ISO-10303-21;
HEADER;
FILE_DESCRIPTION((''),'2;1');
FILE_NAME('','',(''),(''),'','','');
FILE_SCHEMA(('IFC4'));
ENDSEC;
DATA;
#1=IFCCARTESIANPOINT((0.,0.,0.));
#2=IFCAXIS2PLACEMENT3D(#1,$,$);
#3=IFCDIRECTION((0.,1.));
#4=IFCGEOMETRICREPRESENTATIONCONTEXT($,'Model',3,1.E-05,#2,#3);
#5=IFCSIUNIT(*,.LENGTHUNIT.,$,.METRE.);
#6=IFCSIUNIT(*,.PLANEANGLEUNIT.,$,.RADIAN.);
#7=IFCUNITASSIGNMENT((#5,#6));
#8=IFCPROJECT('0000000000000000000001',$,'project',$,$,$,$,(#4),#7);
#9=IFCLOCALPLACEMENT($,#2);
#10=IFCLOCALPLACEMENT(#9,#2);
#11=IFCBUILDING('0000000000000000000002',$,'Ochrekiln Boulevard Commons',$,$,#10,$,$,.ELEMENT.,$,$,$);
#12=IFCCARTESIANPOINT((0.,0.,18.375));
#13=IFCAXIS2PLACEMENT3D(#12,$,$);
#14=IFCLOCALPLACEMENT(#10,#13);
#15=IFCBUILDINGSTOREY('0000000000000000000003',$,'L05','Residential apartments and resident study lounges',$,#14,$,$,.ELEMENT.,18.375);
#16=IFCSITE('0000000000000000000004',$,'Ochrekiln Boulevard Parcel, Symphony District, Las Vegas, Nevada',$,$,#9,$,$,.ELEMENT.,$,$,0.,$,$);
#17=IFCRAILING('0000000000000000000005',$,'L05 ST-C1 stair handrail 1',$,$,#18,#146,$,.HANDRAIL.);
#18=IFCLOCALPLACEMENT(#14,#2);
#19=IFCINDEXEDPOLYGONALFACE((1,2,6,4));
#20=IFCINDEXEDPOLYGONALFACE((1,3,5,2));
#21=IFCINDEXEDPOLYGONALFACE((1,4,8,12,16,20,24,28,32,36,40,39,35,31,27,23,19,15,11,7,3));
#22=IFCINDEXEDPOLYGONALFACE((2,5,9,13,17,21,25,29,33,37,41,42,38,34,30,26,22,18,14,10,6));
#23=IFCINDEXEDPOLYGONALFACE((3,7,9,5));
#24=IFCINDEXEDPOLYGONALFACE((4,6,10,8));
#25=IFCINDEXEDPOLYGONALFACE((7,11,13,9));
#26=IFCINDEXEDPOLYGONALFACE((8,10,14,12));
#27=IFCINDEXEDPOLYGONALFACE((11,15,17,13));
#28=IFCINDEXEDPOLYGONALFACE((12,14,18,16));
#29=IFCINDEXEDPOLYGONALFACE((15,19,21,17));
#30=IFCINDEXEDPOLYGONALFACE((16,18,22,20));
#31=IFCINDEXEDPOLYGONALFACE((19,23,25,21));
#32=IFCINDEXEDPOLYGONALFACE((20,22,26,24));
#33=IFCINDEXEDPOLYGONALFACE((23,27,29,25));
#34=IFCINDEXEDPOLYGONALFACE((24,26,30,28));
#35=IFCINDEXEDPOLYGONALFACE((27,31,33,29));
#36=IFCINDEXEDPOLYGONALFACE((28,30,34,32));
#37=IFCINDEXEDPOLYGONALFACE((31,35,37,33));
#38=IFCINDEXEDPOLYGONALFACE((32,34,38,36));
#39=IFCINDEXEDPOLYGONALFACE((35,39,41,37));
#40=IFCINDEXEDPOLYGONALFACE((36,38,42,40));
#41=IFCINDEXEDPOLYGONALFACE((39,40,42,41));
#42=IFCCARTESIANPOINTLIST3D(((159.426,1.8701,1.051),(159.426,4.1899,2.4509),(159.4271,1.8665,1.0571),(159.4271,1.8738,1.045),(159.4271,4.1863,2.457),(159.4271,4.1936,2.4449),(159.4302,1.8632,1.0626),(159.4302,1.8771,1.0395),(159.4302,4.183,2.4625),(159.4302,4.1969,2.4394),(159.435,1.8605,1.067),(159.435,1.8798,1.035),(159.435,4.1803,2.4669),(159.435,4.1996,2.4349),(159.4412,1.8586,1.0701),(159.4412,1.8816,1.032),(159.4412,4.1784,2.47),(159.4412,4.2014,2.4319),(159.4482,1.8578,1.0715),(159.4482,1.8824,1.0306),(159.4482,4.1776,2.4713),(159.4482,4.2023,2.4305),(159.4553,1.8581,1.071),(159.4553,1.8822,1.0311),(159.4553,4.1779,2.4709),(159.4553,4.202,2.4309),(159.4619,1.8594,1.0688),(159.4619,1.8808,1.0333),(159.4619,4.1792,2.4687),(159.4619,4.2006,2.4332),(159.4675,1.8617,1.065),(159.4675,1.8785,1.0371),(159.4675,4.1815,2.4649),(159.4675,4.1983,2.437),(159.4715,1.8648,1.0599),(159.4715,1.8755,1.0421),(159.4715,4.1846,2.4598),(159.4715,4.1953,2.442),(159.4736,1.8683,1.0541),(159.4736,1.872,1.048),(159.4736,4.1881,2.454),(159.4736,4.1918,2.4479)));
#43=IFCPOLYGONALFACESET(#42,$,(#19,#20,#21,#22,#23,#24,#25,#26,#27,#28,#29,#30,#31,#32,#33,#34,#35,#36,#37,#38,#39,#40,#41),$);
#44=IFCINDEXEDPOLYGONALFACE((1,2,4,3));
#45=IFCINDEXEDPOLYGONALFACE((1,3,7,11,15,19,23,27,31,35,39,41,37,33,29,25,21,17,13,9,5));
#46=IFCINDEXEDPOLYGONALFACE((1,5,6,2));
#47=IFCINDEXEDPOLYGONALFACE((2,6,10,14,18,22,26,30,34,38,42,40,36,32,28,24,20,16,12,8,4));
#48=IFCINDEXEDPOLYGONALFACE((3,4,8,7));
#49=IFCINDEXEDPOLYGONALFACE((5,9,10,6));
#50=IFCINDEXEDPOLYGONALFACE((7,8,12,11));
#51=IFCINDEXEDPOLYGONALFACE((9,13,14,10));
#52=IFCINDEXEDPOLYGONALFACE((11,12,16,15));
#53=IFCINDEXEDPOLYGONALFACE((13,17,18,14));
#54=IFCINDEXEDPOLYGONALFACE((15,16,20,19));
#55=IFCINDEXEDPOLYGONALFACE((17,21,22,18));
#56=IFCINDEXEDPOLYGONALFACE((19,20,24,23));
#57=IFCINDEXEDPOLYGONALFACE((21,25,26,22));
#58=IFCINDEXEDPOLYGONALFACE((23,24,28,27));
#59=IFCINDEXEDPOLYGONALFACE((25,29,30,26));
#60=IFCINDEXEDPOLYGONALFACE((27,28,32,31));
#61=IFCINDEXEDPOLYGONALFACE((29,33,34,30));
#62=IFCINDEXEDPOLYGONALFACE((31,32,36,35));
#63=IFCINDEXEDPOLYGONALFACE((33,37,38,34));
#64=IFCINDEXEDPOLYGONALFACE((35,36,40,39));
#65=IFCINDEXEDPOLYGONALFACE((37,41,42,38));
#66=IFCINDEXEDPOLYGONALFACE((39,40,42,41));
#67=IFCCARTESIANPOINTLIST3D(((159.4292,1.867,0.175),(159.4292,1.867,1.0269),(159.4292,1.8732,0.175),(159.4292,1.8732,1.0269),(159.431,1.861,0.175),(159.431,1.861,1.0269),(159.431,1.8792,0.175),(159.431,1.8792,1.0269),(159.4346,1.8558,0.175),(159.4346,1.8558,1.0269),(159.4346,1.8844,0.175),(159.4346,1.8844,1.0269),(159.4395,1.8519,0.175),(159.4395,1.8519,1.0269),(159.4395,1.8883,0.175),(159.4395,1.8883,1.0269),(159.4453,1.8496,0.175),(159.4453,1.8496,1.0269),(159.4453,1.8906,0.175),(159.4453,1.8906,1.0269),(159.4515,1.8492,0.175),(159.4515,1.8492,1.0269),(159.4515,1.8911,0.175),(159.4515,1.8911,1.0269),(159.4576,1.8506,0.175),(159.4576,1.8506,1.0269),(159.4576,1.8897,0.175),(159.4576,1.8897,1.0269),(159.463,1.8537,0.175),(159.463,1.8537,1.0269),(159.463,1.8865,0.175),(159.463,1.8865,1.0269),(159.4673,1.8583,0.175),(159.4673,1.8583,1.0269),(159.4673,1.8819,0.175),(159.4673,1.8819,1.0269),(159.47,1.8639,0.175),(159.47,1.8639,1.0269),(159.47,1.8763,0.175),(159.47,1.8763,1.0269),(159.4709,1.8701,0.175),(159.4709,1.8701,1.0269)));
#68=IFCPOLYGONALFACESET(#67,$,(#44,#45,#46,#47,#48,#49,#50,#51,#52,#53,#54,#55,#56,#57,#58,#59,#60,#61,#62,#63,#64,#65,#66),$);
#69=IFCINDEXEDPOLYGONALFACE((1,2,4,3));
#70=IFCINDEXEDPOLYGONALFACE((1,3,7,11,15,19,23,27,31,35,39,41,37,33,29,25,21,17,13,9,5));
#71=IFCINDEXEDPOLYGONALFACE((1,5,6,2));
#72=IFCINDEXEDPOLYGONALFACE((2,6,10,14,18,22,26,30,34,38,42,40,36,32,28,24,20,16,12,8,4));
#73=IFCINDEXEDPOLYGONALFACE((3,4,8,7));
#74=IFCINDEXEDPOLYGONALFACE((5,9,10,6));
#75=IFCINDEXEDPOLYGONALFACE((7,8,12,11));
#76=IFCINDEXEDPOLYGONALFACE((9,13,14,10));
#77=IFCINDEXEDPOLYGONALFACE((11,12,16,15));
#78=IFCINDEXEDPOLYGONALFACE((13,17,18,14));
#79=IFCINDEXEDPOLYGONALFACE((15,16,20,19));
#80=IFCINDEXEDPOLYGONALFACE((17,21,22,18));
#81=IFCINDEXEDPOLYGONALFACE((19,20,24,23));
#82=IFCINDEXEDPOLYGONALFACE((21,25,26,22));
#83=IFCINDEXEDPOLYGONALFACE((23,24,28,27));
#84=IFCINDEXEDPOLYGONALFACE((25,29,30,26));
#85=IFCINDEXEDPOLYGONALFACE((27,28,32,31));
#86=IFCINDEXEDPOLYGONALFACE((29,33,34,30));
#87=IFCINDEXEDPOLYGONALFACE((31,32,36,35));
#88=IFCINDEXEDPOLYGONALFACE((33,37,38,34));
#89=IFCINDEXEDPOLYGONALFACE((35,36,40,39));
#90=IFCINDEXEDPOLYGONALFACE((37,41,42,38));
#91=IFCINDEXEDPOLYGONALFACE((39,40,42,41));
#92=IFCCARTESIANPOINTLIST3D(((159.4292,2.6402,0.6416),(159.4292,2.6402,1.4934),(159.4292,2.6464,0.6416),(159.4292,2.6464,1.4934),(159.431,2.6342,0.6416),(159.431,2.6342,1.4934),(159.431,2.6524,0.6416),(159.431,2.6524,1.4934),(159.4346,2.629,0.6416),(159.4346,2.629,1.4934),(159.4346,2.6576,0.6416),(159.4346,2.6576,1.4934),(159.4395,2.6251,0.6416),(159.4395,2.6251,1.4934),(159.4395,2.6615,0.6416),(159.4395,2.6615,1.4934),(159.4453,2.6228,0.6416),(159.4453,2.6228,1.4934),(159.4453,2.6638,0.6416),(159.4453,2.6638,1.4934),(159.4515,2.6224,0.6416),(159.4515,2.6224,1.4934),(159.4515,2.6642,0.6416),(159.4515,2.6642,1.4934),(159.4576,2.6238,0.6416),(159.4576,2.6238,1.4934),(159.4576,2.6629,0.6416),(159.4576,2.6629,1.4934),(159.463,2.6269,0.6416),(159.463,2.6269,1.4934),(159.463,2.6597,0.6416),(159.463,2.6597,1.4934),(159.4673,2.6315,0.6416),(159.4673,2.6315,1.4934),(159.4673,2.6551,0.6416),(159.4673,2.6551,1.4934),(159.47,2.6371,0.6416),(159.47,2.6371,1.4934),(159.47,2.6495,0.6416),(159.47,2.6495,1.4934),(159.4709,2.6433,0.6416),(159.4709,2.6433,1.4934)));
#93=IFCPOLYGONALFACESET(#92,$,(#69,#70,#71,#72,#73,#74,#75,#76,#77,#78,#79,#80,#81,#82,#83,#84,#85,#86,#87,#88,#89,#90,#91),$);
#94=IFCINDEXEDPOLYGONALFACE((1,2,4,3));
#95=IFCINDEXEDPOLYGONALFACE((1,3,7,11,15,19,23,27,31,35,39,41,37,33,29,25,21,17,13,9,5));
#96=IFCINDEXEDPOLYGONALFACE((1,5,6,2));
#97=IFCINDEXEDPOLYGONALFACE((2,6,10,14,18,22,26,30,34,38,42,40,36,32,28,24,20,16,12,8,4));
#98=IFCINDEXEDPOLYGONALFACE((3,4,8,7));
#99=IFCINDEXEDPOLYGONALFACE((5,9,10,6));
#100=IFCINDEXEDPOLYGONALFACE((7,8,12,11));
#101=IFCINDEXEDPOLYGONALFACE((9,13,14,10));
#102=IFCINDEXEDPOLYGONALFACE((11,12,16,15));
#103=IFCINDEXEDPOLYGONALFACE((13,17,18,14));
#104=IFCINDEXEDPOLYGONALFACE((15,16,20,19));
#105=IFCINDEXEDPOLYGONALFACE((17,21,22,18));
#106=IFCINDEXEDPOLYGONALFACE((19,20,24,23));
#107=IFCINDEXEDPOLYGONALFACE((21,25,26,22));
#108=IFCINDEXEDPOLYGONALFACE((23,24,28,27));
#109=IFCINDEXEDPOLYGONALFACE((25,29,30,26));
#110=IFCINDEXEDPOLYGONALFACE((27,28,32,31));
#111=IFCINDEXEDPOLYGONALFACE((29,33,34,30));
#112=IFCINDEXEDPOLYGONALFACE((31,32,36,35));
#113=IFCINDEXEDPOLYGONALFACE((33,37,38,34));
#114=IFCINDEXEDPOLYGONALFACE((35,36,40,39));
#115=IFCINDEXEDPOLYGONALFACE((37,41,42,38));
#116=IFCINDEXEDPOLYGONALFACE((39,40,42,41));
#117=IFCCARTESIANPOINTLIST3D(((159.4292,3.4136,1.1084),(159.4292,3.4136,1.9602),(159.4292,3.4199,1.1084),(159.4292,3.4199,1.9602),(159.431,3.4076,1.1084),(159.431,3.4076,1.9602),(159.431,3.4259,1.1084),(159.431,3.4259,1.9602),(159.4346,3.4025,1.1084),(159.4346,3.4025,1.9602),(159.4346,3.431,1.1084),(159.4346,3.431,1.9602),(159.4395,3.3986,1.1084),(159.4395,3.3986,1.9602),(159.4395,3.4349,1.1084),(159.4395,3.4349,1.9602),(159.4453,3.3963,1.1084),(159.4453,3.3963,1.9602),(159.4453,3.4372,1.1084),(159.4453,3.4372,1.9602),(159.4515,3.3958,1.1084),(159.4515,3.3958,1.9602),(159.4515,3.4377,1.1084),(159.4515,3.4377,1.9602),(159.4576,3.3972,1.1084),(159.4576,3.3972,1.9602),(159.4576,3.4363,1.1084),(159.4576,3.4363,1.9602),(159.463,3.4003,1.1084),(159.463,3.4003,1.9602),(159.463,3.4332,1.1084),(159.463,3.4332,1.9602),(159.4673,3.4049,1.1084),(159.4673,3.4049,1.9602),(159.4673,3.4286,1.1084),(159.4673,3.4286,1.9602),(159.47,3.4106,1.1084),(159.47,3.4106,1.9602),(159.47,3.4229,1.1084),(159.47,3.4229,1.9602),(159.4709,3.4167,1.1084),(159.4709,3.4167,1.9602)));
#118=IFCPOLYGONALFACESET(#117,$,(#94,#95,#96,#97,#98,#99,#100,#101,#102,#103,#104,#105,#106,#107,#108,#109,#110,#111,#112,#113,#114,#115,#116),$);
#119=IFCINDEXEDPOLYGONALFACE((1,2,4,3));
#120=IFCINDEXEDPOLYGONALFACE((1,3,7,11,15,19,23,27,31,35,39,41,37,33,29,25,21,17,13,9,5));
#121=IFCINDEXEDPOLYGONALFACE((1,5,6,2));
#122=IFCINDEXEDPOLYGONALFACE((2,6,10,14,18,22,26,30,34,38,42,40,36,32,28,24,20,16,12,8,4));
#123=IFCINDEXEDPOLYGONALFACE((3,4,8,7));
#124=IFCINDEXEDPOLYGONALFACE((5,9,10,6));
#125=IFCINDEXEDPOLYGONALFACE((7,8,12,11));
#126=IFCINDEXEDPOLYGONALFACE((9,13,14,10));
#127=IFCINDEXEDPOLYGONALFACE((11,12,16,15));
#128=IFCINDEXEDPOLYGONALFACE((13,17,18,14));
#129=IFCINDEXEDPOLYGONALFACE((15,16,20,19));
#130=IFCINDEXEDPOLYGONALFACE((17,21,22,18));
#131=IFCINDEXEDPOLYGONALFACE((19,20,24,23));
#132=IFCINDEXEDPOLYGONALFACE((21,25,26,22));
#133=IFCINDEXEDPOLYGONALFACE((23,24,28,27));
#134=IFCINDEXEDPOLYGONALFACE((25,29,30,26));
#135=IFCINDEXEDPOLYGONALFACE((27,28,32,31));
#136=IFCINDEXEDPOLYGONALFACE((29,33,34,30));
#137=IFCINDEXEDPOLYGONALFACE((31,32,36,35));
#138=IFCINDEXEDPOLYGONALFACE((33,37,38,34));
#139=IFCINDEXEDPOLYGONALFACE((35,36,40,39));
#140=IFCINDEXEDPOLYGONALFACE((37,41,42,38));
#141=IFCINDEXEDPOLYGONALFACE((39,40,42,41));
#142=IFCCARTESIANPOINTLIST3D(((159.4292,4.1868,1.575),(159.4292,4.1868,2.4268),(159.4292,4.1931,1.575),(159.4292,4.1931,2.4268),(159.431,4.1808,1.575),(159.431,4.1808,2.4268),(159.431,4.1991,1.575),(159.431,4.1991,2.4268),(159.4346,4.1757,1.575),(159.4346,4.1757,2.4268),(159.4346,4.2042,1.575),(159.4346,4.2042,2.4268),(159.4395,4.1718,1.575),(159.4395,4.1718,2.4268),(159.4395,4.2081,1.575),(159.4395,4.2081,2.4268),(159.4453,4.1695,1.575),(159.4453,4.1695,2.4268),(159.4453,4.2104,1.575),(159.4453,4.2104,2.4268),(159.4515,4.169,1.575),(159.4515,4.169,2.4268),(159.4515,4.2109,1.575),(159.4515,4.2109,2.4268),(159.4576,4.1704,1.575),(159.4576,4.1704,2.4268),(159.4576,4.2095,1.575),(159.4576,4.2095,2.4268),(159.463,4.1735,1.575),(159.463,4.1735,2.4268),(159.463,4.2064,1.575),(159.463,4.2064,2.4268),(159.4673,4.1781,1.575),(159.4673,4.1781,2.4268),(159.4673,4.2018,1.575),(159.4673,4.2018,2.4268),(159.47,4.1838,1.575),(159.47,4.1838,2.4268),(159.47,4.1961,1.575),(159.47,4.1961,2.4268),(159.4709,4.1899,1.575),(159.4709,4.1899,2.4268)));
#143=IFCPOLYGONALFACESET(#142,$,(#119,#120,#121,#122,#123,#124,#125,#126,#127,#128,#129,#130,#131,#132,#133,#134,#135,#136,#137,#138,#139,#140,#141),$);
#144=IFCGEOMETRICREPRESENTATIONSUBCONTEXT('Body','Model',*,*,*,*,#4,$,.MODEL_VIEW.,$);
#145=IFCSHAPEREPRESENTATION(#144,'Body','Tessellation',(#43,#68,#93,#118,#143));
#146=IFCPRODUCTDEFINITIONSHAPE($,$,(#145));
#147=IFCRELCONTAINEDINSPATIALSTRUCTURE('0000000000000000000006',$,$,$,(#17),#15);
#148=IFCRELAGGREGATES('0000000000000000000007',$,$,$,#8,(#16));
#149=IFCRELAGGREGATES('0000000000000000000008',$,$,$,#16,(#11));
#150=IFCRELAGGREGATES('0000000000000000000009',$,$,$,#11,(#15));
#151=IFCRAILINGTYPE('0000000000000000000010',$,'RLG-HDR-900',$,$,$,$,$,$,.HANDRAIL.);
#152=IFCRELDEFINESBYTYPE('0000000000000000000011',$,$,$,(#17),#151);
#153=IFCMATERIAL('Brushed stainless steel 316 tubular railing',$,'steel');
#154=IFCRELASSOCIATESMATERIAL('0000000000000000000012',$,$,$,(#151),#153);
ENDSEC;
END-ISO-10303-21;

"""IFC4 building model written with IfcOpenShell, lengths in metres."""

from ifc_helpers import new_model, si_unit, direction, frame, origin, origin_2d, place, context, subcontext, project, spatial, circle, extrude, material, type_object, element, save


model = new_model("IFC4")

# Units and contexts
model_context = context("Model", 3, precision=1e-05, world=origin(), true_north=direction((0.0, 1.0)))
body_context = subcontext(model_context, "Body", "Model", "MODEL_VIEW")
ifc_project = project(units=[si_unit("LENGTHUNIT", "METRE"), si_unit("PLANEANGLEUNIT", "RADIAN")], contexts=[model_context])

# Site, building, storey
site_placement = place(None, origin())
site = spatial("IfcSite", under=ifc_project, at=site_placement, Name="Ochrekiln Boulevard Parcel, Symphony District, Las Vegas, Nevada", CompositionType="ELEMENT", RefElevation=0.0)
building_placement = place(site_placement, origin())
building = spatial("IfcBuilding", under=site, at=building_placement, Name="Ochrekiln Boulevard Commons", CompositionType="ELEMENT")
storey_placement = place(building_placement, frame((0.0, 0.0, 18.375)))
storey = spatial("IfcBuildingStorey", under=building, at=storey_placement, Name="L05", Description="Residential apartments and resident study lounges", CompositionType="ELEMENT", Elevation=18.375)

# Railing
ifc_material_1 = material(Name="Brushed stainless steel 316 tubular railing", Category="steel")
railing_type = type_object("IfcRailingType", Name="RLG-HDR-900", PredefinedType="HANDRAIL", material=ifc_material_1)
railing_placement = place(storey_placement, frame((159.45, 1.8701, 0.175)))
element("IfcRailing", 1, at=railing_placement, inside=storey, type_object=railing_type, Name="L05 ST-C1 stair handrail 1", PredefinedType="HANDRAIL", context=body_context, shape_type="SweptSolid", body=[
    extrude(circle(Radius=0.0239, at=origin_2d()), frame((0.0, 0.0, 0.876), z_axis=(0.0, 0.856186, 0.516667), x_axis=(-1.0, 0.0, 0.0)), (0.0, 0.0, 1.0), 2.7095),
    extrude(circle(Radius=0.021, at=origin_2d()), origin(), (0.0, 0.0, 1.0), 0.8518),
    extrude(circle(Radius=0.021, at=origin_2d()), frame((0.0, 0.7732, 0.4666)), (0.0, 0.0, 1.0), 0.8518),
    extrude(circle(Radius=0.021, at=origin_2d()), frame((0.0, 1.5466, 0.9333)), (0.0, 0.0, 1.0), 0.8518),
    extrude(circle(Radius=0.021, at=origin_2d()), frame((0.0, 2.3198, 1.3999)), (0.0, 0.0, 1.0), 0.8518),
])

save(model, "model.ifc")
